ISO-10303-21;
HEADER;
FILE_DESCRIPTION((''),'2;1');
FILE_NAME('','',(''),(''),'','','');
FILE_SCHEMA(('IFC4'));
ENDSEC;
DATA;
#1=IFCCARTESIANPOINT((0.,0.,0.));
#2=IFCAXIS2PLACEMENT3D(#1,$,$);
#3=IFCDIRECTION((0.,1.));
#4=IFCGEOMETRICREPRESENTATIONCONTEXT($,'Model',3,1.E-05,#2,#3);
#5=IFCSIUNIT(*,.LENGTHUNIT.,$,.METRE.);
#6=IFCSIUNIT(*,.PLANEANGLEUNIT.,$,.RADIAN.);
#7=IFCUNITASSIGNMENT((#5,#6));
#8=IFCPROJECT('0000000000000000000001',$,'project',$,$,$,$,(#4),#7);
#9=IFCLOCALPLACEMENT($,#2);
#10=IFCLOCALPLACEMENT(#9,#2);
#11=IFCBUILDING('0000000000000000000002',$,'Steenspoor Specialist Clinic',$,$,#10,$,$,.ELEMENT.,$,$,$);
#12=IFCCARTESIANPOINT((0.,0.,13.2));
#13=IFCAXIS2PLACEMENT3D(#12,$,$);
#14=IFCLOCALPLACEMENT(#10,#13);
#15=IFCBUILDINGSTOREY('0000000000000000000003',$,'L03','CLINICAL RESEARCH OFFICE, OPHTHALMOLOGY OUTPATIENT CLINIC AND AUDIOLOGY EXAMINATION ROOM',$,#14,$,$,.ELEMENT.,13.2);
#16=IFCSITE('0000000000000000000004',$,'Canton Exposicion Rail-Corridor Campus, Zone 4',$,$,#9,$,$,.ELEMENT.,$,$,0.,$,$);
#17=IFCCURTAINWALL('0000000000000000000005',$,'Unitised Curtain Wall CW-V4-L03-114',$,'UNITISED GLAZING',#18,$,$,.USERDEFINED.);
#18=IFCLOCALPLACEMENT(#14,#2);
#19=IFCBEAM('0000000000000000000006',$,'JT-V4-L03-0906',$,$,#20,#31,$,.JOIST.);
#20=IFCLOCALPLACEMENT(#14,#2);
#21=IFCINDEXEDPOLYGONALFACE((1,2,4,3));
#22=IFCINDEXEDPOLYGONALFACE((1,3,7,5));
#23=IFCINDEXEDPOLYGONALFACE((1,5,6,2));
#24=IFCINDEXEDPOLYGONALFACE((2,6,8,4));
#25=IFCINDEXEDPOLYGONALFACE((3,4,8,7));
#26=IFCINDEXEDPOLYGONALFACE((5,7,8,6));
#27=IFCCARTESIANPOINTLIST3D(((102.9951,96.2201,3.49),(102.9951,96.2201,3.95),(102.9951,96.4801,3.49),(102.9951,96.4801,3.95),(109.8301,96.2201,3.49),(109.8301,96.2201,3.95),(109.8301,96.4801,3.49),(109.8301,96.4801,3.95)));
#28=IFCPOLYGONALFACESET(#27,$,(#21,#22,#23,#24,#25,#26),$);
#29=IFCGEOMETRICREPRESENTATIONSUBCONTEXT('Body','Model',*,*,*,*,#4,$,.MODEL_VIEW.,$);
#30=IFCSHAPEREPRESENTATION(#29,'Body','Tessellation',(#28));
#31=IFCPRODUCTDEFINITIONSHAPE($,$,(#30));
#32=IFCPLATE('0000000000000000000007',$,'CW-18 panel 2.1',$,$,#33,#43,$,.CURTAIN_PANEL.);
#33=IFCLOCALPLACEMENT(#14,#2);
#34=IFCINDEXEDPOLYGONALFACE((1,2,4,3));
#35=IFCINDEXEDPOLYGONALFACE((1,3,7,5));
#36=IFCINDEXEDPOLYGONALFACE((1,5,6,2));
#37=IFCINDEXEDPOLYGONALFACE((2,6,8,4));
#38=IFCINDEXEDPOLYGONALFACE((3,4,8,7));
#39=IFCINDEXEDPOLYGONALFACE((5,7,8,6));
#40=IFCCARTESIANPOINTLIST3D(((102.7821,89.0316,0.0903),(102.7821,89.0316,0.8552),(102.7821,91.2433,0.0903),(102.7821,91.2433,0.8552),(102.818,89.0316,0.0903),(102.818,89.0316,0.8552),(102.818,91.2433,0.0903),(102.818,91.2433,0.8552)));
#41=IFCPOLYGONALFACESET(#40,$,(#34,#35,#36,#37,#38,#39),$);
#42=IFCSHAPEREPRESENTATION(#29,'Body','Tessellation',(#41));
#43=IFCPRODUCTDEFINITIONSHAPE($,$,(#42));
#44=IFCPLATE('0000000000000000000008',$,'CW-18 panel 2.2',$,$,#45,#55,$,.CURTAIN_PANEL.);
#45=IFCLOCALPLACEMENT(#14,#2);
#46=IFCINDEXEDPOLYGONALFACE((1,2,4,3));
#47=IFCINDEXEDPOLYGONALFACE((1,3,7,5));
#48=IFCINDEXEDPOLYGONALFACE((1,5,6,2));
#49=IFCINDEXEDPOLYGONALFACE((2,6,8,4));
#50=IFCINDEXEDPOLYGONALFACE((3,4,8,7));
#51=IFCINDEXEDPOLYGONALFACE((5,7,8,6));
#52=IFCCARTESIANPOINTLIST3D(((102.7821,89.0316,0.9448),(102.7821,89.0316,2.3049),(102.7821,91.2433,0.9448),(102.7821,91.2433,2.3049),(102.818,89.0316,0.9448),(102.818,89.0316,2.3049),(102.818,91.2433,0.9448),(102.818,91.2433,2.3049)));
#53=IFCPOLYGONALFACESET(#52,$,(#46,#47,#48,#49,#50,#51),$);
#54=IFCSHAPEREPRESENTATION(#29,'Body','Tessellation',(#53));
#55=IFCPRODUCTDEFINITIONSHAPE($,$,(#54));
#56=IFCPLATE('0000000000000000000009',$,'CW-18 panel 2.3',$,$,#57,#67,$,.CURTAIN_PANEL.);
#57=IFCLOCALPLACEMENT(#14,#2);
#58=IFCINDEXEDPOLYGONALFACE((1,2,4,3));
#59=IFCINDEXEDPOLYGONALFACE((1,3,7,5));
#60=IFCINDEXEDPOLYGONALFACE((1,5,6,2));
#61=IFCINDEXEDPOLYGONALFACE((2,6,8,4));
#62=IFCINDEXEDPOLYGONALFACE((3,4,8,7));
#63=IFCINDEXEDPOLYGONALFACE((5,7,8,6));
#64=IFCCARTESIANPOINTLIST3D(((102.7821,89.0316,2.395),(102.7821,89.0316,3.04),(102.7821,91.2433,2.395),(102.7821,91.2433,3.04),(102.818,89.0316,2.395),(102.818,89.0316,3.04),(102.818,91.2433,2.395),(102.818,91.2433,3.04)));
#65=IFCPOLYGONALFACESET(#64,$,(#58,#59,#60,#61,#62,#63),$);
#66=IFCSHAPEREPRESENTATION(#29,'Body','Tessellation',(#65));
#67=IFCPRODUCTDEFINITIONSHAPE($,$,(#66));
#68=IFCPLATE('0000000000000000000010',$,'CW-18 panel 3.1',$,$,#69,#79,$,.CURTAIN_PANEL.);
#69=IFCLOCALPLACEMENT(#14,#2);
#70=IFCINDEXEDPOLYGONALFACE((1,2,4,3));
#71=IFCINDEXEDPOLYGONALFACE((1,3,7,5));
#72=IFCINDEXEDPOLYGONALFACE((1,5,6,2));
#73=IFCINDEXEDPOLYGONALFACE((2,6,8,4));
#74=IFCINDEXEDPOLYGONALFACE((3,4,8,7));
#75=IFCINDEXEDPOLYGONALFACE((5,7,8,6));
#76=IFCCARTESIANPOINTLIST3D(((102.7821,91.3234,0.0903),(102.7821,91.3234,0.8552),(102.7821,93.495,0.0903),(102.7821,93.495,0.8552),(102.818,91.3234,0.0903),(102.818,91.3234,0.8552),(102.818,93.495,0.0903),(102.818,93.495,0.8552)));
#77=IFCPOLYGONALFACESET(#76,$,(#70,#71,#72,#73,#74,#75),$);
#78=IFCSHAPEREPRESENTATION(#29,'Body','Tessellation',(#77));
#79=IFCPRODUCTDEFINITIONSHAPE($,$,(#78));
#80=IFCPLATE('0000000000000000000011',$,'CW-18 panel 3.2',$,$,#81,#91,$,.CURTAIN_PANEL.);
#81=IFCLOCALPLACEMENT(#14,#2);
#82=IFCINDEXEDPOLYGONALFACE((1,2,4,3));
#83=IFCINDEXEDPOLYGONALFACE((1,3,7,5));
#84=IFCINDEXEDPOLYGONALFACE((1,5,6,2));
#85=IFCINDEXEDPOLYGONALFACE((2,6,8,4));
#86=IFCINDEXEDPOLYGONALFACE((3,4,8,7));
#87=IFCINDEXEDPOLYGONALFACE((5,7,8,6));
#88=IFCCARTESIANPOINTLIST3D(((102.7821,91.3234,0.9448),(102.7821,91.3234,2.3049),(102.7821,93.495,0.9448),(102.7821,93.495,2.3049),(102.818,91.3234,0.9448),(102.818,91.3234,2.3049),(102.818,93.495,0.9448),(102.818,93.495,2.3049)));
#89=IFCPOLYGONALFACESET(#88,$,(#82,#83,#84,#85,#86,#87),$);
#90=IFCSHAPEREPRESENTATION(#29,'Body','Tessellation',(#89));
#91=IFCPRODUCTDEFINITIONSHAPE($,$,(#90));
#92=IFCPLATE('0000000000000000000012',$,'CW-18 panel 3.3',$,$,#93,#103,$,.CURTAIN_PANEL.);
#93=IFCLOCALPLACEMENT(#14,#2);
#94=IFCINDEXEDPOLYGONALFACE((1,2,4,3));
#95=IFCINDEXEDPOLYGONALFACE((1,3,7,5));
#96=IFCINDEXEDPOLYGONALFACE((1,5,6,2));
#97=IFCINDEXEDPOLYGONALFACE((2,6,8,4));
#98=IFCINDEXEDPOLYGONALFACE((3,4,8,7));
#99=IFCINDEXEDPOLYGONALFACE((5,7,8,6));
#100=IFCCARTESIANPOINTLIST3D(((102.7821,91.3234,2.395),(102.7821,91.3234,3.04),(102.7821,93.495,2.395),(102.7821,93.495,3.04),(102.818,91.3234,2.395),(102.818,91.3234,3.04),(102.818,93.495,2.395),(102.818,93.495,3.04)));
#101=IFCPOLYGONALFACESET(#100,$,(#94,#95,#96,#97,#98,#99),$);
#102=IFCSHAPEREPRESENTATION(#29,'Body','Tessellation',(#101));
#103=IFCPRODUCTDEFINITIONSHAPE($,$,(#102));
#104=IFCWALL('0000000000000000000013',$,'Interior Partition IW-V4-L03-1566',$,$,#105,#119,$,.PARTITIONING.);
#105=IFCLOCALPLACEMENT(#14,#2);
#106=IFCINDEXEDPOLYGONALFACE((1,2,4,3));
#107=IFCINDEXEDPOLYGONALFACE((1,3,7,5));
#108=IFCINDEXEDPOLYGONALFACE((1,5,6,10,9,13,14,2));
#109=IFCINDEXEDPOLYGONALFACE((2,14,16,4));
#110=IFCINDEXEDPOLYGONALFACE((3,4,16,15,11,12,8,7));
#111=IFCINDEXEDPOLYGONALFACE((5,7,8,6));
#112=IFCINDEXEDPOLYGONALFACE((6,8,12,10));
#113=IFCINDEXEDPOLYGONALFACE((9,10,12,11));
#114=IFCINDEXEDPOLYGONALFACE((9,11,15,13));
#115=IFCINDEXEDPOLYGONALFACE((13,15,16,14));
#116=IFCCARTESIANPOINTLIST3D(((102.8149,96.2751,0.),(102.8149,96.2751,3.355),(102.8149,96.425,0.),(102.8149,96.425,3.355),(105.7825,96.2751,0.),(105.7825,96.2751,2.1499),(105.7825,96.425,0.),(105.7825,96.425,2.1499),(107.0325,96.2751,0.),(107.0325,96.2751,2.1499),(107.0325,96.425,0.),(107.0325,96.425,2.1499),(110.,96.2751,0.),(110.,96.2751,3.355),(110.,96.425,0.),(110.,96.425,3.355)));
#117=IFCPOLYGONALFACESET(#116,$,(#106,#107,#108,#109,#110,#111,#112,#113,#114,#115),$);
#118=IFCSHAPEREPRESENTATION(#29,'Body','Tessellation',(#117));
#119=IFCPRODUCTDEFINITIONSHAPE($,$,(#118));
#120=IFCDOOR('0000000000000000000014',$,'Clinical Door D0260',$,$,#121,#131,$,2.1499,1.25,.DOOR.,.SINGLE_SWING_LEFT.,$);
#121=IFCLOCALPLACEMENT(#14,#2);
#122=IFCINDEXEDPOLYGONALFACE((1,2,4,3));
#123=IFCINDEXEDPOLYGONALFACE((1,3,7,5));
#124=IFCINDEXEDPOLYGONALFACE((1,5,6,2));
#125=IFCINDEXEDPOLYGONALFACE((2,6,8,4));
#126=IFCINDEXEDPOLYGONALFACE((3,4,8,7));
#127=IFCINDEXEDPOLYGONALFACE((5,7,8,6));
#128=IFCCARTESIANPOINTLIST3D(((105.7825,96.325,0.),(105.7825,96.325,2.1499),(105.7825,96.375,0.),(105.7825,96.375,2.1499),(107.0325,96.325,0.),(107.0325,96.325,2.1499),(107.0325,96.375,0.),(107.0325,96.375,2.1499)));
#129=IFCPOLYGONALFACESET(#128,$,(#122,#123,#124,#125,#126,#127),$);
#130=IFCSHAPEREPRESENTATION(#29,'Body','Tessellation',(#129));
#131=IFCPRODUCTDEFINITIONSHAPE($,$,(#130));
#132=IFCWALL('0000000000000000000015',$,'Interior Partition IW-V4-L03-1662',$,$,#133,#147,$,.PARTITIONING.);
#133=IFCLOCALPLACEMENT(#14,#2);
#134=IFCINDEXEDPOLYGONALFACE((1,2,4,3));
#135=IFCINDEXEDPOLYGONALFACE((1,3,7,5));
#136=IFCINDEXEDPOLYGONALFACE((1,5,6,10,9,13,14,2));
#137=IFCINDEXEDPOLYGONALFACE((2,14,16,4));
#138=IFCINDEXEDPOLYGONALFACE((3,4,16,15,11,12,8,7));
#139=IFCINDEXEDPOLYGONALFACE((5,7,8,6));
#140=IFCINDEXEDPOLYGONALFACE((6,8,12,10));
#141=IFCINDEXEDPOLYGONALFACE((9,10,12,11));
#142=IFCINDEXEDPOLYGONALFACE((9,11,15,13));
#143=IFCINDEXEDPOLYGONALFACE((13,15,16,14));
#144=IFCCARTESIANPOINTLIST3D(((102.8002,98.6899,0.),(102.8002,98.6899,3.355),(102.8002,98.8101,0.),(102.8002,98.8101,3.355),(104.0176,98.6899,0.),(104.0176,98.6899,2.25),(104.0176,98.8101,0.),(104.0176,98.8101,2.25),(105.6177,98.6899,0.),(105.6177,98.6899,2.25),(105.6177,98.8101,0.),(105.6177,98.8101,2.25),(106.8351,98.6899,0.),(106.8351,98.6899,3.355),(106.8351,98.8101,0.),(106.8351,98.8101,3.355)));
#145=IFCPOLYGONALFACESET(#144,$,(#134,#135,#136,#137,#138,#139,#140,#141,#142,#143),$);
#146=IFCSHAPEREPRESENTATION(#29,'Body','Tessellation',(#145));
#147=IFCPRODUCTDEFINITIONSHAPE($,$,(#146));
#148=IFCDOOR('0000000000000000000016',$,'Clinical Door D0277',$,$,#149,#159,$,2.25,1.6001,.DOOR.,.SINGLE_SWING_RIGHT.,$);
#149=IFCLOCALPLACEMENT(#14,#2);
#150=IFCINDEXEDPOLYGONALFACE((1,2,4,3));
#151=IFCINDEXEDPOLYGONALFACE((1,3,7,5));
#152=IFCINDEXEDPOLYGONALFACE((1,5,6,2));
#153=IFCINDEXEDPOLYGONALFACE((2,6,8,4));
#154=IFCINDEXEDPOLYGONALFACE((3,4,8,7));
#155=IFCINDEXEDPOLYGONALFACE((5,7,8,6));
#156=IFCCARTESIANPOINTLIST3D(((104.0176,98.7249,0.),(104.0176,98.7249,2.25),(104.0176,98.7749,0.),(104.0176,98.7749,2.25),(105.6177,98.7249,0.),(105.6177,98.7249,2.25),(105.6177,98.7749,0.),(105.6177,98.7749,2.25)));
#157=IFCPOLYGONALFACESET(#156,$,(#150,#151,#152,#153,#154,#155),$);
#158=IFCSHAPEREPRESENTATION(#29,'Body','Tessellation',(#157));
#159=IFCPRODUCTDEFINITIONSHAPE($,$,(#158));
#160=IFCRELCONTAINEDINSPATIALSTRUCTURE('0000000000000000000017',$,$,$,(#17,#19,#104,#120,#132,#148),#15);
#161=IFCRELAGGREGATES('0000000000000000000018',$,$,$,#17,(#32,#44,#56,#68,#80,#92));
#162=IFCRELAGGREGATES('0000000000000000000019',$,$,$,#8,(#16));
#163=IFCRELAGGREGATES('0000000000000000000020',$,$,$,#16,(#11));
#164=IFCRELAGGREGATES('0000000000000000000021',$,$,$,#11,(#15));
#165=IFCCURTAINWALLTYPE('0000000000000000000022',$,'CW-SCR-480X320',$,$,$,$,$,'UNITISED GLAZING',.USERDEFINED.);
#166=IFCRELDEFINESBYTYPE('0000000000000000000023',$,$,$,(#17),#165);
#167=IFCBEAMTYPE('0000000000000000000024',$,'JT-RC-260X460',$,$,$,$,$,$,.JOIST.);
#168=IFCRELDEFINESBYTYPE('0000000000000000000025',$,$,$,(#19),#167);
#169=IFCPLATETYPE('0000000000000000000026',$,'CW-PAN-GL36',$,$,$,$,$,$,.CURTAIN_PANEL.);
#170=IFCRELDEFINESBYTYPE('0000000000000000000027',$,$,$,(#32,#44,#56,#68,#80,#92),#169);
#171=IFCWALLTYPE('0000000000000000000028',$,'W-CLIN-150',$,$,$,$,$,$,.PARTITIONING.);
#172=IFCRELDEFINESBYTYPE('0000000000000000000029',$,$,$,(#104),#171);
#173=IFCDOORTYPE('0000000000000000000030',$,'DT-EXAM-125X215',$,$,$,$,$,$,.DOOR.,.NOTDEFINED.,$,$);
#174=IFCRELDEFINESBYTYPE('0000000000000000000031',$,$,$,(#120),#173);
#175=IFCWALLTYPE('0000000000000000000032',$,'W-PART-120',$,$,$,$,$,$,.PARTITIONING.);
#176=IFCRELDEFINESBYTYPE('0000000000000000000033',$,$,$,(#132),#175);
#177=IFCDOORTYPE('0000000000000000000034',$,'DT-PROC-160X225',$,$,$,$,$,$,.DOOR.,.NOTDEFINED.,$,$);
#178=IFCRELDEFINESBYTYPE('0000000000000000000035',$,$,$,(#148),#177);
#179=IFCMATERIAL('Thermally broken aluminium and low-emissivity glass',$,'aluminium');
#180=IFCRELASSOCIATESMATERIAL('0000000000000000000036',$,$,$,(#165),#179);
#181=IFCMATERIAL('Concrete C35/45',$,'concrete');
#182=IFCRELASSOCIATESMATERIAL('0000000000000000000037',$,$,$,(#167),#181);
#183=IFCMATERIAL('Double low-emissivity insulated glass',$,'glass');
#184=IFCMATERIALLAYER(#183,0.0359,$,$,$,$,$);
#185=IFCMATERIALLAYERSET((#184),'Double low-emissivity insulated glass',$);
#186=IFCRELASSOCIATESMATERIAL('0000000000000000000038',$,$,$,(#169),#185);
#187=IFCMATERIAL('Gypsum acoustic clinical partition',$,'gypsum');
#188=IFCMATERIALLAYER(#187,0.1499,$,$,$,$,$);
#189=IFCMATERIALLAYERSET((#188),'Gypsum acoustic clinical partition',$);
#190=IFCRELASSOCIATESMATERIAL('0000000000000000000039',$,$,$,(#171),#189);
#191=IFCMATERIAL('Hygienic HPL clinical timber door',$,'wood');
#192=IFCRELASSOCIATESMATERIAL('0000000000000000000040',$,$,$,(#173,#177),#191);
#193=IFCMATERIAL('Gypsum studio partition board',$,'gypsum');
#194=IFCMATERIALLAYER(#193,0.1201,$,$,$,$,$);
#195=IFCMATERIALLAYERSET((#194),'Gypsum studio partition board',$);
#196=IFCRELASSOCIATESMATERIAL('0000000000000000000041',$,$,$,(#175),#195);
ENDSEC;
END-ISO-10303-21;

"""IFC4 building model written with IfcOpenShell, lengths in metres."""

from ifc_helpers import new_model, si_unit, direction, frame, frame_2d, origin, origin_2d, place, context, subcontext, project, spatial, rectangle, extrude, material, layer, layer_set, material_profile, profile_set, type_object, element, fill, aggregate, save


model = new_model("IFC4")

# Units and contexts
model_context = context("Model", 3, precision=1e-05, world=origin(), true_north=direction((0.0, 1.0)))
body_context = subcontext(model_context, "Body", "Model", "MODEL_VIEW")
ifc_project = project(units=[si_unit("LENGTHUNIT", "METRE"), si_unit("PLANEANGLEUNIT", "RADIAN")], contexts=[model_context])

# Site, building, storey
site_placement = place(None, origin())
site = spatial("IfcSite", under=ifc_project, at=site_placement, Name="Canton Exposicion Rail-Corridor Campus, Zone 4", CompositionType="ELEMENT", RefElevation=0.0)
building_placement = place(site_placement, origin())
building = spatial("IfcBuilding", under=site, at=building_placement, Name="Steenspoor Specialist Clinic", CompositionType="ELEMENT")
storey_placement = place(building_placement, frame((0.0, 0.0, 13.2)))
storey = spatial("IfcBuildingStorey", under=building, at=storey_placement, Name="L03", Description="CLINICAL RESEARCH OFFICE, OPHTHALMOLOGY OUTPATIENT CLINIC AND AUDIOLOGY EXAMINATION ROOM", CompositionType="ELEMENT", Elevation=13.2)

# Shared definitions
ifc_material_1 = material(Name="Concrete C35/45", Category="concrete")

# Curtain wall
ifc_material_2 = material(Name="Thermally broken aluminium and low-emissivity glass", Category="aluminium")
curtain_wall_type = type_object("IfcCurtainWallType", Name="CW-SCR-480X320", ElementType="UNITISED GLAZING", PredefinedType="USERDEFINED", material=ifc_material_2)
curtain_wall_placement = place(storey_placement, origin())
curtain_wall = element("IfcCurtainWall", 1, at=curtain_wall_placement, inside=storey, type_object=curtain_wall_type, Name="Unitised Curtain Wall CW-V4-L03-114", ObjectType="UNITISED GLAZING", PredefinedType="USERDEFINED")

# Beam
ifc_material_profile_1 = material_profile(ifc_material_1, rectangle(XDim=0.26, YDim=0.46, at=origin_2d()), Name="RC-JT-260X460")
ifc_profile_set_1 = profile_set([ifc_material_profile_1], Name="Concrete C35/45")
beam_type_1 = type_object("IfcBeamType", Name="JT-RC-260X460", PredefinedType="JOIST", material=ifc_profile_set_1)
beam_1_placement = place(storey_placement, frame((102.9951, 96.3501, 3.72), z_axis=(1.0, 0.0, 0.0), x_axis=(0.0, 1.0, 0.0)))
element("IfcBeam", 2, at=beam_1_placement, inside=storey, type_object=beam_type_1, Name="JT-V4-L03-0906", PredefinedType="JOIST", context=body_context, shape_type="SweptSolid", body=[
    extrude(rectangle(XDim=0.26, YDim=0.46, at=origin_2d()), origin(), (0.0, 0.0, 1.0), 6.835),
])

# Plates
ifc_material_3 = material(Name="Double low-emissivity insulated glass", Category="glass")
ifc_layer_1 = layer(ifc_material_3, 0.0359)
ifc_layer_set_1 = layer_set([ifc_layer_1], Name="Double low-emissivity insulated glass")
plate_type = type_object("IfcPlateType", Name="CW-PAN-GL36", PredefinedType="CURTAIN_PANEL", material=ifc_layer_set_1)
plate_1_placement = place(storey_placement, frame((102.8, 90.1375, 0.0903), z_axis=(0.0, 0.0, 1.0), x_axis=(0.0, 1.0, 0.0)))
plate_1 = element("IfcPlate", 3, at=plate_1_placement, type_object=plate_type, Name="CW-18 panel 2.1", PredefinedType="CURTAIN_PANEL", context=body_context, shape_type="SweptSolid", body=[
    extrude(rectangle(XDim=2.2117, YDim=0.0359, at=origin_2d()), origin(), (0.0, 0.0, 1.0), 0.7649),
])
plate_2_placement = place(storey_placement, frame((102.8, 90.1375, 0.9448), z_axis=(0.0, 0.0, 1.0), x_axis=(0.0, 1.0, 0.0)))
plate_2 = element("IfcPlate", 4, at=plate_2_placement, type_object=plate_type, Name="CW-18 panel 2.2", PredefinedType="CURTAIN_PANEL", context=body_context, shape_type="SweptSolid", body=[
    extrude(rectangle(XDim=2.2117, YDim=0.0359, at=origin_2d()), origin(), (0.0, 0.0, 1.0), 1.3601),
])
plate_3_placement = place(storey_placement, frame((102.8, 90.1375, 2.395), z_axis=(0.0, 0.0, 1.0), x_axis=(0.0, 1.0, 0.0)))
plate_3 = element("IfcPlate", 5, at=plate_3_placement, type_object=plate_type, Name="CW-18 panel 2.3", PredefinedType="CURTAIN_PANEL", context=body_context, shape_type="SweptSolid", body=[
    extrude(rectangle(XDim=2.2117, YDim=0.0359, at=origin_2d()), origin(), (0.0, 0.0, 1.0), 0.645),
])
plate_4_placement = place(storey_placement, frame((102.8, 92.4092, 0.0903), z_axis=(0.0, 0.0, 1.0), x_axis=(0.0, 1.0, 0.0)))
plate_4 = element("IfcPlate", 6, at=plate_4_placement, type_object=plate_type, Name="CW-18 panel 3.1", PredefinedType="CURTAIN_PANEL", context=body_context, shape_type="SweptSolid", body=[
    extrude(rectangle(XDim=2.1716, YDim=0.0359, at=origin_2d()), origin(), (0.0, 0.0, 1.0), 0.7649),
])
plate_5_placement = place(storey_placement, frame((102.8, 92.4092, 0.9448), z_axis=(0.0, 0.0, 1.0), x_axis=(0.0, 1.0, 0.0)))
plate_5 = element("IfcPlate", 7, at=plate_5_placement, type_object=plate_type, Name="CW-18 panel 3.2", PredefinedType="CURTAIN_PANEL", context=body_context, shape_type="SweptSolid", body=[
    extrude(rectangle(XDim=2.1716, YDim=0.0359, at=origin_2d()), origin(), (0.0, 0.0, 1.0), 1.3601),
])
plate_6_placement = place(storey_placement, frame((102.8, 92.4092, 2.395), z_axis=(0.0, 0.0, 1.0), x_axis=(0.0, 1.0, 0.0)))
plate_6 = element("IfcPlate", 8, at=plate_6_placement, type_object=plate_type, Name="CW-18 panel 3.3", PredefinedType="CURTAIN_PANEL", context=body_context, shape_type="SweptSolid", body=[
    extrude(rectangle(XDim=2.1716, YDim=0.0359, at=origin_2d()), origin(), (0.0, 0.0, 1.0), 0.645),
])
aggregate(curtain_wall, [plate_1, plate_2, plate_3, plate_4, plate_5, plate_6])

# Walls, openings, doors
ifc_material_4 = material(Name="Gypsum acoustic clinical partition", Category="gypsum")
ifc_layer_2 = layer(ifc_material_4, 0.1499)
ifc_layer_set_2 = layer_set([ifc_layer_2], Name="Gypsum acoustic clinical partition")
wall_type_1 = type_object("IfcWallType", Name="W-CLIN-150", PredefinedType="PARTITIONING", material=ifc_layer_set_2)
wall_1_placement = place(storey_placement, frame((102.8149, 96.3501, 0.0), z_axis=(0.0, 0.0, 1.0), x_axis=(1.0, 0.0, 0.0)))
wall_1 = element("IfcWall", 9, at=wall_1_placement, inside=storey, type_object=wall_type_1, Name="Interior Partition IW-V4-L03-1566", PredefinedType="PARTITIONING", context=body_context, shape_type="SweptSolid", body=[
    extrude(rectangle(XDim=7.1851, YDim=0.1499, at=frame_2d((3.5925, 0.0))), origin(), (0.0, 0.0, 1.0), 3.355),
])
opening_1_placement = place(wall_1_placement, frame((2.9675, 0.0, 0.0)))
opening_1 = element("IfcOpeningElement", 10, at=opening_1_placement, cuts=wall_1, PredefinedType="OPENING", context=body_context, shape_type="SweptSolid", body=[
    extrude(rectangle(XDim=1.25, YDim=2.1499, at=frame_2d((0.625, 1.075))), frame((0.0, 0.085, 0.0), z_axis=(0.0, -1.0, 0.0), x_axis=(1.0, 0.0, 0.0)), (0.0, 0.0, 1.0), 0.1699),
])
ifc_material_5 = material(Name="Hygienic HPL clinical timber door", Category="wood")
door_type_1 = type_object("IfcDoorType", Name="DT-EXAM-125X215", OperationType="NOTDEFINED", PredefinedType="DOOR", material=ifc_material_5)
door_1_placement = place(opening_1_placement, origin())
door_1 = element("IfcDoor", 11, at=door_1_placement, inside=storey, type_object=door_type_1, Name="Clinical Door D0260", OperationType="SINGLE_SWING_LEFT", OverallHeight=2.1499, OverallWidth=1.25, PredefinedType="DOOR", context=body_context, shape_type="SweptSolid", body=[
    extrude(rectangle(XDim=1.25, YDim=2.1499, at=frame_2d((0.625, 1.075))), frame((0.0, 0.0249, 0.0), z_axis=(0.0, -1.0, 0.0), x_axis=(1.0, 0.0, 0.0)), (0.0, 0.0, 1.0), 0.05),
])
fill(opening_1, door_1)
ifc_material_6 = material(Name="Gypsum studio partition board", Category="gypsum")
ifc_layer_3 = layer(ifc_material_6, 0.1201)
ifc_layer_set_3 = layer_set([ifc_layer_3], Name="Gypsum studio partition board")
wall_type_2 = type_object("IfcWallType", Name="W-PART-120", PredefinedType="PARTITIONING", material=ifc_layer_set_3)
wall_2_placement = place(storey_placement, frame((102.8, 98.75, 0.0), z_axis=(0.0, 0.0, 1.0), x_axis=(1.0, 0.0, 0.0)))
wall_2 = element("IfcWall", 12, at=wall_2_placement, inside=storey, type_object=wall_type_2, Name="Interior Partition IW-V4-L03-1662", PredefinedType="PARTITIONING", context=body_context, shape_type="SweptSolid", body=[
    extrude(rectangle(XDim=4.0349, YDim=0.1201, at=frame_2d((2.0176, 0.0))), origin(), (0.0, 0.0, 1.0), 3.355),
])
opening_2_placement = place(wall_2_placement, frame((1.2175, 0.0, 0.0)))
opening_2 = element("IfcOpeningElement", 13, at=opening_2_placement, cuts=wall_2, PredefinedType="OPENING", context=body_context, shape_type="SweptSolid", body=[
    extrude(rectangle(XDim=1.6001, YDim=2.25, at=frame_2d((0.8, 1.125))), frame((0.0, 0.0701, 0.0), z_axis=(0.0, -1.0, 0.0), x_axis=(1.0, 0.0, 0.0)), (0.0, 0.0, 1.0), 0.1401),
])
door_type_2 = type_object("IfcDoorType", Name="DT-PROC-160X225", OperationType="NOTDEFINED", PredefinedType="DOOR", material=ifc_material_5)
door_2_placement = place(opening_2_placement, origin())
door_2 = element("IfcDoor", 14, at=door_2_placement, inside=storey, type_object=door_type_2, Name="Clinical Door D0277", OperationType="SINGLE_SWING_RIGHT", OverallHeight=2.25, OverallWidth=1.6001, PredefinedType="DOOR", context=body_context, shape_type="SweptSolid", body=[
    extrude(rectangle(XDim=1.6001, YDim=2.25, at=frame_2d((0.8, 1.125))), frame((0.0, 0.0249, 0.0), z_axis=(0.0, -1.0, 0.0), x_axis=(1.0, 0.0, 0.0)), (0.0, 0.0, 1.0), 0.05),
])
fill(opening_2, door_2)

save(model, "model.ifc")
